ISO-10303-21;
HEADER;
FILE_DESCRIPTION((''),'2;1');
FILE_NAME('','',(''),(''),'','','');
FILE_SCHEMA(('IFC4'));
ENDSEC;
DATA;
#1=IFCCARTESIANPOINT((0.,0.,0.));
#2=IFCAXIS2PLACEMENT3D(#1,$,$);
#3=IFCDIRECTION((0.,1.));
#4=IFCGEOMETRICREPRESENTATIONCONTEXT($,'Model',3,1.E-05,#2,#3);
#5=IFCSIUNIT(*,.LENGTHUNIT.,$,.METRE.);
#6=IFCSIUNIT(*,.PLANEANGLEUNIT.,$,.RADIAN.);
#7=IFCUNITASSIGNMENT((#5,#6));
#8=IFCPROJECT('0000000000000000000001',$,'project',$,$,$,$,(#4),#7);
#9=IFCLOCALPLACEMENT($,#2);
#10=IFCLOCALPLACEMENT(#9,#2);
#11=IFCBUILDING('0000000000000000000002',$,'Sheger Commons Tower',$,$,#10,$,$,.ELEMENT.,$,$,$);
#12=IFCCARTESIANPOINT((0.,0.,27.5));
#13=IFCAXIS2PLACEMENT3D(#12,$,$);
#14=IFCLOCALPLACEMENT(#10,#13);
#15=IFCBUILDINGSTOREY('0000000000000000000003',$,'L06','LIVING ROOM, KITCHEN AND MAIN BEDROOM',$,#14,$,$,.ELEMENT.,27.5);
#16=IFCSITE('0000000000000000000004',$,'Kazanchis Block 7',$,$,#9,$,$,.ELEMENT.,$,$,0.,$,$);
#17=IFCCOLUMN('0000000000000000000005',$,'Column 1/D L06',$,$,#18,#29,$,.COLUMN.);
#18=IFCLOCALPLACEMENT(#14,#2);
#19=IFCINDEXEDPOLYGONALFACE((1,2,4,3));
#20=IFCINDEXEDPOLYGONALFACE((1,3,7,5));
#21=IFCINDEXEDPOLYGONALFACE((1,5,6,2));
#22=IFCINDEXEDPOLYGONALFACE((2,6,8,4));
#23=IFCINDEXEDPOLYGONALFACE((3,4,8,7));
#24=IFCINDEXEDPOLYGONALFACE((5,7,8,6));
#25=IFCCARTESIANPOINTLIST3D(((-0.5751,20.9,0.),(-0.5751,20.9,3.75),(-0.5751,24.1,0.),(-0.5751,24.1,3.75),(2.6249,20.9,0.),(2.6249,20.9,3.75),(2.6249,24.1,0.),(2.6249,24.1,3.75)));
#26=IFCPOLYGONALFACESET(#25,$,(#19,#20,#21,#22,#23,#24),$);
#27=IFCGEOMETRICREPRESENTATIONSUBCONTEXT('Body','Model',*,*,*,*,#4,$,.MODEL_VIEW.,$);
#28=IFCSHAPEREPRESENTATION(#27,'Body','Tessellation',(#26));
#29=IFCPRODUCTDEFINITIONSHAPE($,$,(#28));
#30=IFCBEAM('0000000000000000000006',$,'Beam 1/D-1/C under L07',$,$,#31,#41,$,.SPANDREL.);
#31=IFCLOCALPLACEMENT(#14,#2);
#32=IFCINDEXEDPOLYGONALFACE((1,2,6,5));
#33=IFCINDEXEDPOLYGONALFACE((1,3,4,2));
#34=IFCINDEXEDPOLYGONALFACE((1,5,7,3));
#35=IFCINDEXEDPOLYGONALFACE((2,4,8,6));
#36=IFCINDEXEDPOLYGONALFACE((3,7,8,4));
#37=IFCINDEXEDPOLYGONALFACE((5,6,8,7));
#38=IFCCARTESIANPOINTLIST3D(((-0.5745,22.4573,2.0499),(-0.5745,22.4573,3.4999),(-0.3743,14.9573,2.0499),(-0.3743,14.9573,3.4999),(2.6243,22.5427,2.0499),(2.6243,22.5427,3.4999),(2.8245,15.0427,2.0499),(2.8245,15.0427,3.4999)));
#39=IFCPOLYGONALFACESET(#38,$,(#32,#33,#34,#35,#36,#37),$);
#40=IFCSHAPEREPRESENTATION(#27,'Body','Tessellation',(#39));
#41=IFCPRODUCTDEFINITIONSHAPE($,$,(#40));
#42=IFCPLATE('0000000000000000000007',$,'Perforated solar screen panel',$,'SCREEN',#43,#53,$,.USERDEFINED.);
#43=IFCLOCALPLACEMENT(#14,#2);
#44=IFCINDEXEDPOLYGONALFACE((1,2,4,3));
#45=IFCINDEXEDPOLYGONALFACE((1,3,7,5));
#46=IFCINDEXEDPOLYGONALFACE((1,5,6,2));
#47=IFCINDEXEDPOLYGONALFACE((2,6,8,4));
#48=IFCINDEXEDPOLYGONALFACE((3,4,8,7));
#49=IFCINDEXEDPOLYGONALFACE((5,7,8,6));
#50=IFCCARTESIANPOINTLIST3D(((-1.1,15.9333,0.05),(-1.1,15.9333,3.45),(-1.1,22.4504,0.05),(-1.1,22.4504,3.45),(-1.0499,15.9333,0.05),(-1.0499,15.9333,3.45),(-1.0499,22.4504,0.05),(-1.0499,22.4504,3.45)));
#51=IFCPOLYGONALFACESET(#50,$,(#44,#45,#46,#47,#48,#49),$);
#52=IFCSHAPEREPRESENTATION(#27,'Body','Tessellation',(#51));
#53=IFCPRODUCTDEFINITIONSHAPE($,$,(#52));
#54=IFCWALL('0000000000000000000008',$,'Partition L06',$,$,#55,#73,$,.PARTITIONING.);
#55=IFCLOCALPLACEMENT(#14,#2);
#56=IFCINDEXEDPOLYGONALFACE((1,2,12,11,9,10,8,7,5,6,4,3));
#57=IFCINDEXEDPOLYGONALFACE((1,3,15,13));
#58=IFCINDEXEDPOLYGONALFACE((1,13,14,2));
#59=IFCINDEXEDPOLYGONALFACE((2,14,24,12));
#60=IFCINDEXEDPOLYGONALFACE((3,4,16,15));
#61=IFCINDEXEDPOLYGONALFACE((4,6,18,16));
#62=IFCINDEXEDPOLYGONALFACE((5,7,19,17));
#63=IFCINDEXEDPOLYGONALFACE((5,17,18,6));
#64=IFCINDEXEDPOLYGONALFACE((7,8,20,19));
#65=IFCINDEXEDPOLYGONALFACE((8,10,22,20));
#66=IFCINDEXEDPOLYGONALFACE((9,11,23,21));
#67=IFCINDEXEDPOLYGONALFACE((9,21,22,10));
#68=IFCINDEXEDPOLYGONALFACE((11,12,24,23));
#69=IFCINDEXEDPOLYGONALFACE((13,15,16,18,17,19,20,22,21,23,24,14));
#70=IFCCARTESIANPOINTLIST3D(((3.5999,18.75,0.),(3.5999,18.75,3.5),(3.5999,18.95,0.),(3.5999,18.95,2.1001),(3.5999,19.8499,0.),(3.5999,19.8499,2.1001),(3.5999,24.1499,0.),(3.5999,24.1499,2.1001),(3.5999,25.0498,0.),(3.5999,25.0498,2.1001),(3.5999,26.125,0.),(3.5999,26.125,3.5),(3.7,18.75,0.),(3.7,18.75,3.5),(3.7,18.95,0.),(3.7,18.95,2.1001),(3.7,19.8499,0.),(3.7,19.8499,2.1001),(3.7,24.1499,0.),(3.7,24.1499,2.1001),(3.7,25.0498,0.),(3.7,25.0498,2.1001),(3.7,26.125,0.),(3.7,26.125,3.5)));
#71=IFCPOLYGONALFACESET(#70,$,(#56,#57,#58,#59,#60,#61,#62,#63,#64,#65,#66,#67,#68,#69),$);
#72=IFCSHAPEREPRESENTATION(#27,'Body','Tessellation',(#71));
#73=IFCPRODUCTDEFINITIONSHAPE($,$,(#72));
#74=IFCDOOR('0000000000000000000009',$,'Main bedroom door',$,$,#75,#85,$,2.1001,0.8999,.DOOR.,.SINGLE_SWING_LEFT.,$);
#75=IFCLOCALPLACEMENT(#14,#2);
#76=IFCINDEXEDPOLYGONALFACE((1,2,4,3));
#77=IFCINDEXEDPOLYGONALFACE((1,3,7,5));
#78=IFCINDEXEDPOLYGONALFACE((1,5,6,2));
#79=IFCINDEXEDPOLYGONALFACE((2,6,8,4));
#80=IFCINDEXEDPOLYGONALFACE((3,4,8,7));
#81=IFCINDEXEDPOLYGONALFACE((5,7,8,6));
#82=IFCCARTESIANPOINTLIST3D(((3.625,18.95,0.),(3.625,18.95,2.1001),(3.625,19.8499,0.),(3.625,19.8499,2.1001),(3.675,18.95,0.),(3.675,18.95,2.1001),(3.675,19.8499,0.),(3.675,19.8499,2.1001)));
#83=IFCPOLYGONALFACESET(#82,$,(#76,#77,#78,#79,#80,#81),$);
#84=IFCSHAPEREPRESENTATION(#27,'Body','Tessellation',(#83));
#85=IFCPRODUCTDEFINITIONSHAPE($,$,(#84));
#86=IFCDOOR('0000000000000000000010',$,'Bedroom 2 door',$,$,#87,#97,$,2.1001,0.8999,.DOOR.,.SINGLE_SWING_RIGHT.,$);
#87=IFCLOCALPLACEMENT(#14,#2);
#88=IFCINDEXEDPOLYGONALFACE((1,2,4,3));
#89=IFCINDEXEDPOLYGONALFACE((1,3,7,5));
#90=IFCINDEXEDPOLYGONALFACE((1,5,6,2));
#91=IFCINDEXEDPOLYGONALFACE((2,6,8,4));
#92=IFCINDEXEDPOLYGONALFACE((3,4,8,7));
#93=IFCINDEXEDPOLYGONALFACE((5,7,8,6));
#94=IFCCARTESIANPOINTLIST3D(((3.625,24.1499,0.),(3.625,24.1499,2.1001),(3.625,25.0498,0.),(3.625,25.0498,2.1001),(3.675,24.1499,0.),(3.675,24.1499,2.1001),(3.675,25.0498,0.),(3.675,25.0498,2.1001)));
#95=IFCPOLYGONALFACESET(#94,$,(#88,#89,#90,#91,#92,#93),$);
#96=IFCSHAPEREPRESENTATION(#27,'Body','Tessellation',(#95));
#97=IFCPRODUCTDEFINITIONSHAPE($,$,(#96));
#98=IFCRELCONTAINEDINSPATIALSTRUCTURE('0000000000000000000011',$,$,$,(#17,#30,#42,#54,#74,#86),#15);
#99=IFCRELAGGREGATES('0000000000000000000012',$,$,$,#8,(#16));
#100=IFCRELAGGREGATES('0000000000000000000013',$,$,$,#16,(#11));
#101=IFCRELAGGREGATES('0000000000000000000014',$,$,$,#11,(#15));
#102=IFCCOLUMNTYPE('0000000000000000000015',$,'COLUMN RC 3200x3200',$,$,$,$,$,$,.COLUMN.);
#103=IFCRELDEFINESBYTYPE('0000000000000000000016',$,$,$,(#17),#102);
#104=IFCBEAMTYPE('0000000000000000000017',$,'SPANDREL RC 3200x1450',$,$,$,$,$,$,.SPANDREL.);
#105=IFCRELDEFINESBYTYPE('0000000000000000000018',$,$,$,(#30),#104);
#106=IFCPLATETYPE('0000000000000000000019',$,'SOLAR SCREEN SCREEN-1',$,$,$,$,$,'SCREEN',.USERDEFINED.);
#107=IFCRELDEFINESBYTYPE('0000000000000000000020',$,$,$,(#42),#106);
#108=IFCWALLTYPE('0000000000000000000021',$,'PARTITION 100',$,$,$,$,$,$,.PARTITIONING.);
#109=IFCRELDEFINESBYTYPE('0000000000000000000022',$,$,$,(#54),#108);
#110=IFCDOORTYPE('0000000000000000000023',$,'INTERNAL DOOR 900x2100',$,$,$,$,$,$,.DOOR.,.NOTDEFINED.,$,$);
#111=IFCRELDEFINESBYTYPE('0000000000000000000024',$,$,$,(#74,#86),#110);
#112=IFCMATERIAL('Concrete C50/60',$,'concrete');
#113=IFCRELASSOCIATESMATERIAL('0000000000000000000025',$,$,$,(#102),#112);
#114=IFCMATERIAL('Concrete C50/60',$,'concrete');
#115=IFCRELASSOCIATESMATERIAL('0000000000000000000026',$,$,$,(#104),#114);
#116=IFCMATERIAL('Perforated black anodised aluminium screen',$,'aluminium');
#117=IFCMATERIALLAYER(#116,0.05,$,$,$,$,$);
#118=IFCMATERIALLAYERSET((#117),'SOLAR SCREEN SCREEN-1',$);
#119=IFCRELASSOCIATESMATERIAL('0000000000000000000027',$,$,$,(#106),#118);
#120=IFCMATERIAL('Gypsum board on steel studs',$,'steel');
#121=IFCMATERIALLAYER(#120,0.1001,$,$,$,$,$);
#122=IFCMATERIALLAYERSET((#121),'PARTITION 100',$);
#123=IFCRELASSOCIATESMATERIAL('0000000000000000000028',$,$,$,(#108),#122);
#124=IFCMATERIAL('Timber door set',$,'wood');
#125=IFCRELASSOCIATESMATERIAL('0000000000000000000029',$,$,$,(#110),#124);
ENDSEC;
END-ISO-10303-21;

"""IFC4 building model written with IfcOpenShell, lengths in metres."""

from ifc_helpers import new_model, si_unit, direction, frame, frame_2d, origin, origin_2d, place, context, subcontext, project, spatial, rectangle, extrude, material, layer, layer_set, material_profile, profile_set, type_object, element, fill, save


model = new_model("IFC4")

# Units and contexts
model_context = context("Model", 3, precision=1e-05, world=origin(), true_north=direction((0.0, 1.0)))
body_context = subcontext(model_context, "Body", "Model", "MODEL_VIEW")
ifc_project = project(units=[si_unit("LENGTHUNIT", "METRE"), si_unit("PLANEANGLEUNIT", "RADIAN")], contexts=[model_context])

# Site, building, storey
site_placement = place(None, origin())
site = spatial("IfcSite", under=ifc_project, at=site_placement, Name="Kazanchis Block 7", CompositionType="ELEMENT", RefElevation=0.0)
building_placement = place(site_placement, origin())
building = spatial("IfcBuilding", under=site, at=building_placement, Name="Sheger Commons Tower", CompositionType="ELEMENT")
storey_placement = place(building_placement, frame((0.0, 0.0, 27.5)))
storey = spatial("IfcBuildingStorey", under=building, at=storey_placement, Name="L06", Description="LIVING ROOM, KITCHEN AND MAIN BEDROOM", CompositionType="ELEMENT", Elevation=27.5)

# Column
ifc_material_1 = material(Name="Concrete C50/60", Category="concrete")
ifc_material_profile_1 = material_profile(ifc_material_1, rectangle(XDim=3.2, YDim=3.2, at=origin_2d()), Name="RC 3200x3200")
ifc_profile_set_1 = profile_set([ifc_material_profile_1], Name="Concrete C50/60")
column_type = type_object("IfcColumnType", Name="COLUMN RC 3200x3200", PredefinedType="COLUMN", material=ifc_profile_set_1)
column_placement = place(storey_placement, frame((1.0249, 22.5, 0.0), z_axis=(0.0, 0.0, 1.0), x_axis=(1.0, 0.0, 0.0)))
element("IfcColumn", 1, at=column_placement, inside=storey, type_object=column_type, Name="Column 1/D L06", PredefinedType="COLUMN", context=body_context, shape_type="SweptSolid", body=[
    extrude(rectangle(XDim=3.2, YDim=3.2, at=origin_2d()), origin(), (0.0, 0.0, 1.0), 3.75),
])

# Beam
ifc_material_2 = material(Name="Concrete C50/60", Category="concrete")
ifc_material_profile_2 = material_profile(ifc_material_2, rectangle(XDim=3.2, YDim=1.45, at=origin_2d()), Name="RC 3200x1450")
ifc_profile_set_2 = profile_set([ifc_material_profile_2], Name="Concrete C50/60")
beam_type = type_object("IfcBeamType", Name="SPANDREL RC 3200x1450", PredefinedType="SPANDREL", material=ifc_profile_set_2)
beam_placement = place(storey_placement, frame((1.0249, 22.5, 2.7749), z_axis=(0.026683, -0.999644, 0.0), x_axis=(0.999644, 0.026683, 0.0)))
element("IfcBeam", 2, at=beam_placement, inside=storey, type_object=beam_type, Name="Beam 1/D-1/C under L07", PredefinedType="SPANDREL", context=body_context, shape_type="SweptSolid", body=[
    extrude(rectangle(XDim=3.2, YDim=1.45, at=origin_2d()), origin(), (0.0, 0.0, 1.0), 7.5027),
])

# Plate
ifc_material_3 = material(Name="Perforated black anodised aluminium screen", Category="aluminium")
ifc_layer_1 = layer(ifc_material_3, 0.05)
ifc_layer_set_1 = layer_set([ifc_layer_1], Name="SOLAR SCREEN SCREEN-1")
plate_type = type_object("IfcPlateType", Name="SOLAR SCREEN SCREEN-1", ElementType="SCREEN", PredefinedType="USERDEFINED", material=ifc_layer_set_1)
plate_placement = place(storey_placement, frame((-1.075, 19.1919, 0.05), z_axis=(0.0, 0.0, 1.0), x_axis=(0.0, -1.0, 0.0)))
element("IfcPlate", 3, at=plate_placement, inside=storey, type_object=plate_type, Name="Perforated solar screen panel", ObjectType="SCREEN", PredefinedType="USERDEFINED", context=body_context, shape_type="SweptSolid", body=[
    extrude(rectangle(XDim=6.5171, YDim=0.05, at=origin_2d()), origin(), (0.0, 0.0, 1.0), 3.3999),
])

# Wall, openings, doors
ifc_material_4 = material(Name="Gypsum board on steel studs", Category="steel")
ifc_layer_2 = layer(ifc_material_4, 0.1001)
ifc_layer_set_2 = layer_set([ifc_layer_2], Name="PARTITION 100")
wall_type = type_object("IfcWallType", Name="PARTITION 100", PredefinedType="PARTITIONING", material=ifc_layer_set_2)
wall_1_placement = place(storey_placement, frame((3.6499, 18.75, 0.0), z_axis=(0.0, 0.0, 1.0), x_axis=(0.0, 1.0, 0.0)))
wall_1 = element("IfcWall", 4, at=wall_1_placement, inside=storey, type_object=wall_type, Name="Partition L06", PredefinedType="PARTITIONING", context=body_context, shape_type="SweptSolid", body=[
    extrude(rectangle(XDim=7.375, YDim=0.1001, at=frame_2d((3.6875, 0.0))), origin(), (0.0, 0.0, 1.0), 3.5),
])
opening_1_placement = place(wall_1_placement, frame((0.2, 0.0, 0.0)))
opening_1 = element("IfcOpeningElement", 5, at=opening_1_placement, cuts=wall_1, PredefinedType="OPENING", context=body_context, shape_type="SweptSolid", body=[
    extrude(rectangle(XDim=0.8999, YDim=2.1001, at=frame_2d((0.45, 1.05))), frame((0.0, 0.0601, 0.0), z_axis=(0.0, -1.0, 0.0), x_axis=(1.0, 0.0, 0.0)), (0.0, 0.0, 1.0), 0.1201),
])
opening_2_placement = place(wall_1_placement, frame((5.3999, 0.0, 0.0)))
opening_2 = element("IfcOpeningElement", 6, at=opening_2_placement, cuts=wall_1, PredefinedType="OPENING", context=body_context, shape_type="SweptSolid", body=[
    extrude(rectangle(XDim=0.8999, YDim=2.1001, at=frame_2d((0.45, 1.05))), frame((0.0, 0.0601, 0.0), z_axis=(0.0, -1.0, 0.0), x_axis=(1.0, 0.0, 0.0)), (0.0, 0.0, 1.0), 0.1201),
])
ifc_material_5 = material(Name="Timber door set", Category="wood")
door_type = type_object("IfcDoorType", Name="INTERNAL DOOR 900x2100", OperationType="NOTDEFINED", PredefinedType="DOOR", material=ifc_material_5)
door_1_placement = place(opening_1_placement, origin())
door_1 = element("IfcDoor", 7, at=door_1_placement, inside=storey, type_object=door_type, Name="Main bedroom door", OperationType="SINGLE_SWING_LEFT", OverallHeight=2.1001, OverallWidth=0.8999, PredefinedType="DOOR", context=body_context, shape_type="SweptSolid", body=[
    extrude(rectangle(XDim=0.8999, YDim=2.1001, at=frame_2d((0.45, 1.05))), frame((0.0, 0.0249, 0.0), z_axis=(0.0, -1.0, 0.0), x_axis=(1.0, 0.0, 0.0)), (0.0, 0.0, 1.0), 0.05),
])
fill(opening_1, door_1)
door_2_placement = place(opening_2_placement, origin())
door_2 = element("IfcDoor", 8, at=door_2_placement, inside=storey, type_object=door_type, Name="Bedroom 2 door", OperationType="SINGLE_SWING_RIGHT", OverallHeight=2.1001, OverallWidth=0.8999, PredefinedType="DOOR", context=body_context, shape_type="SweptSolid", body=[
    extrude(rectangle(XDim=0.8999, YDim=2.1001, at=frame_2d((0.45, 1.05))), frame((0.0, 0.0249, 0.0), z_axis=(0.0, -1.0, 0.0), x_axis=(1.0, 0.0, 0.0)), (0.0, 0.0, 1.0), 0.05),
])
fill(opening_2, door_2)

save(model, "model.ifc")
